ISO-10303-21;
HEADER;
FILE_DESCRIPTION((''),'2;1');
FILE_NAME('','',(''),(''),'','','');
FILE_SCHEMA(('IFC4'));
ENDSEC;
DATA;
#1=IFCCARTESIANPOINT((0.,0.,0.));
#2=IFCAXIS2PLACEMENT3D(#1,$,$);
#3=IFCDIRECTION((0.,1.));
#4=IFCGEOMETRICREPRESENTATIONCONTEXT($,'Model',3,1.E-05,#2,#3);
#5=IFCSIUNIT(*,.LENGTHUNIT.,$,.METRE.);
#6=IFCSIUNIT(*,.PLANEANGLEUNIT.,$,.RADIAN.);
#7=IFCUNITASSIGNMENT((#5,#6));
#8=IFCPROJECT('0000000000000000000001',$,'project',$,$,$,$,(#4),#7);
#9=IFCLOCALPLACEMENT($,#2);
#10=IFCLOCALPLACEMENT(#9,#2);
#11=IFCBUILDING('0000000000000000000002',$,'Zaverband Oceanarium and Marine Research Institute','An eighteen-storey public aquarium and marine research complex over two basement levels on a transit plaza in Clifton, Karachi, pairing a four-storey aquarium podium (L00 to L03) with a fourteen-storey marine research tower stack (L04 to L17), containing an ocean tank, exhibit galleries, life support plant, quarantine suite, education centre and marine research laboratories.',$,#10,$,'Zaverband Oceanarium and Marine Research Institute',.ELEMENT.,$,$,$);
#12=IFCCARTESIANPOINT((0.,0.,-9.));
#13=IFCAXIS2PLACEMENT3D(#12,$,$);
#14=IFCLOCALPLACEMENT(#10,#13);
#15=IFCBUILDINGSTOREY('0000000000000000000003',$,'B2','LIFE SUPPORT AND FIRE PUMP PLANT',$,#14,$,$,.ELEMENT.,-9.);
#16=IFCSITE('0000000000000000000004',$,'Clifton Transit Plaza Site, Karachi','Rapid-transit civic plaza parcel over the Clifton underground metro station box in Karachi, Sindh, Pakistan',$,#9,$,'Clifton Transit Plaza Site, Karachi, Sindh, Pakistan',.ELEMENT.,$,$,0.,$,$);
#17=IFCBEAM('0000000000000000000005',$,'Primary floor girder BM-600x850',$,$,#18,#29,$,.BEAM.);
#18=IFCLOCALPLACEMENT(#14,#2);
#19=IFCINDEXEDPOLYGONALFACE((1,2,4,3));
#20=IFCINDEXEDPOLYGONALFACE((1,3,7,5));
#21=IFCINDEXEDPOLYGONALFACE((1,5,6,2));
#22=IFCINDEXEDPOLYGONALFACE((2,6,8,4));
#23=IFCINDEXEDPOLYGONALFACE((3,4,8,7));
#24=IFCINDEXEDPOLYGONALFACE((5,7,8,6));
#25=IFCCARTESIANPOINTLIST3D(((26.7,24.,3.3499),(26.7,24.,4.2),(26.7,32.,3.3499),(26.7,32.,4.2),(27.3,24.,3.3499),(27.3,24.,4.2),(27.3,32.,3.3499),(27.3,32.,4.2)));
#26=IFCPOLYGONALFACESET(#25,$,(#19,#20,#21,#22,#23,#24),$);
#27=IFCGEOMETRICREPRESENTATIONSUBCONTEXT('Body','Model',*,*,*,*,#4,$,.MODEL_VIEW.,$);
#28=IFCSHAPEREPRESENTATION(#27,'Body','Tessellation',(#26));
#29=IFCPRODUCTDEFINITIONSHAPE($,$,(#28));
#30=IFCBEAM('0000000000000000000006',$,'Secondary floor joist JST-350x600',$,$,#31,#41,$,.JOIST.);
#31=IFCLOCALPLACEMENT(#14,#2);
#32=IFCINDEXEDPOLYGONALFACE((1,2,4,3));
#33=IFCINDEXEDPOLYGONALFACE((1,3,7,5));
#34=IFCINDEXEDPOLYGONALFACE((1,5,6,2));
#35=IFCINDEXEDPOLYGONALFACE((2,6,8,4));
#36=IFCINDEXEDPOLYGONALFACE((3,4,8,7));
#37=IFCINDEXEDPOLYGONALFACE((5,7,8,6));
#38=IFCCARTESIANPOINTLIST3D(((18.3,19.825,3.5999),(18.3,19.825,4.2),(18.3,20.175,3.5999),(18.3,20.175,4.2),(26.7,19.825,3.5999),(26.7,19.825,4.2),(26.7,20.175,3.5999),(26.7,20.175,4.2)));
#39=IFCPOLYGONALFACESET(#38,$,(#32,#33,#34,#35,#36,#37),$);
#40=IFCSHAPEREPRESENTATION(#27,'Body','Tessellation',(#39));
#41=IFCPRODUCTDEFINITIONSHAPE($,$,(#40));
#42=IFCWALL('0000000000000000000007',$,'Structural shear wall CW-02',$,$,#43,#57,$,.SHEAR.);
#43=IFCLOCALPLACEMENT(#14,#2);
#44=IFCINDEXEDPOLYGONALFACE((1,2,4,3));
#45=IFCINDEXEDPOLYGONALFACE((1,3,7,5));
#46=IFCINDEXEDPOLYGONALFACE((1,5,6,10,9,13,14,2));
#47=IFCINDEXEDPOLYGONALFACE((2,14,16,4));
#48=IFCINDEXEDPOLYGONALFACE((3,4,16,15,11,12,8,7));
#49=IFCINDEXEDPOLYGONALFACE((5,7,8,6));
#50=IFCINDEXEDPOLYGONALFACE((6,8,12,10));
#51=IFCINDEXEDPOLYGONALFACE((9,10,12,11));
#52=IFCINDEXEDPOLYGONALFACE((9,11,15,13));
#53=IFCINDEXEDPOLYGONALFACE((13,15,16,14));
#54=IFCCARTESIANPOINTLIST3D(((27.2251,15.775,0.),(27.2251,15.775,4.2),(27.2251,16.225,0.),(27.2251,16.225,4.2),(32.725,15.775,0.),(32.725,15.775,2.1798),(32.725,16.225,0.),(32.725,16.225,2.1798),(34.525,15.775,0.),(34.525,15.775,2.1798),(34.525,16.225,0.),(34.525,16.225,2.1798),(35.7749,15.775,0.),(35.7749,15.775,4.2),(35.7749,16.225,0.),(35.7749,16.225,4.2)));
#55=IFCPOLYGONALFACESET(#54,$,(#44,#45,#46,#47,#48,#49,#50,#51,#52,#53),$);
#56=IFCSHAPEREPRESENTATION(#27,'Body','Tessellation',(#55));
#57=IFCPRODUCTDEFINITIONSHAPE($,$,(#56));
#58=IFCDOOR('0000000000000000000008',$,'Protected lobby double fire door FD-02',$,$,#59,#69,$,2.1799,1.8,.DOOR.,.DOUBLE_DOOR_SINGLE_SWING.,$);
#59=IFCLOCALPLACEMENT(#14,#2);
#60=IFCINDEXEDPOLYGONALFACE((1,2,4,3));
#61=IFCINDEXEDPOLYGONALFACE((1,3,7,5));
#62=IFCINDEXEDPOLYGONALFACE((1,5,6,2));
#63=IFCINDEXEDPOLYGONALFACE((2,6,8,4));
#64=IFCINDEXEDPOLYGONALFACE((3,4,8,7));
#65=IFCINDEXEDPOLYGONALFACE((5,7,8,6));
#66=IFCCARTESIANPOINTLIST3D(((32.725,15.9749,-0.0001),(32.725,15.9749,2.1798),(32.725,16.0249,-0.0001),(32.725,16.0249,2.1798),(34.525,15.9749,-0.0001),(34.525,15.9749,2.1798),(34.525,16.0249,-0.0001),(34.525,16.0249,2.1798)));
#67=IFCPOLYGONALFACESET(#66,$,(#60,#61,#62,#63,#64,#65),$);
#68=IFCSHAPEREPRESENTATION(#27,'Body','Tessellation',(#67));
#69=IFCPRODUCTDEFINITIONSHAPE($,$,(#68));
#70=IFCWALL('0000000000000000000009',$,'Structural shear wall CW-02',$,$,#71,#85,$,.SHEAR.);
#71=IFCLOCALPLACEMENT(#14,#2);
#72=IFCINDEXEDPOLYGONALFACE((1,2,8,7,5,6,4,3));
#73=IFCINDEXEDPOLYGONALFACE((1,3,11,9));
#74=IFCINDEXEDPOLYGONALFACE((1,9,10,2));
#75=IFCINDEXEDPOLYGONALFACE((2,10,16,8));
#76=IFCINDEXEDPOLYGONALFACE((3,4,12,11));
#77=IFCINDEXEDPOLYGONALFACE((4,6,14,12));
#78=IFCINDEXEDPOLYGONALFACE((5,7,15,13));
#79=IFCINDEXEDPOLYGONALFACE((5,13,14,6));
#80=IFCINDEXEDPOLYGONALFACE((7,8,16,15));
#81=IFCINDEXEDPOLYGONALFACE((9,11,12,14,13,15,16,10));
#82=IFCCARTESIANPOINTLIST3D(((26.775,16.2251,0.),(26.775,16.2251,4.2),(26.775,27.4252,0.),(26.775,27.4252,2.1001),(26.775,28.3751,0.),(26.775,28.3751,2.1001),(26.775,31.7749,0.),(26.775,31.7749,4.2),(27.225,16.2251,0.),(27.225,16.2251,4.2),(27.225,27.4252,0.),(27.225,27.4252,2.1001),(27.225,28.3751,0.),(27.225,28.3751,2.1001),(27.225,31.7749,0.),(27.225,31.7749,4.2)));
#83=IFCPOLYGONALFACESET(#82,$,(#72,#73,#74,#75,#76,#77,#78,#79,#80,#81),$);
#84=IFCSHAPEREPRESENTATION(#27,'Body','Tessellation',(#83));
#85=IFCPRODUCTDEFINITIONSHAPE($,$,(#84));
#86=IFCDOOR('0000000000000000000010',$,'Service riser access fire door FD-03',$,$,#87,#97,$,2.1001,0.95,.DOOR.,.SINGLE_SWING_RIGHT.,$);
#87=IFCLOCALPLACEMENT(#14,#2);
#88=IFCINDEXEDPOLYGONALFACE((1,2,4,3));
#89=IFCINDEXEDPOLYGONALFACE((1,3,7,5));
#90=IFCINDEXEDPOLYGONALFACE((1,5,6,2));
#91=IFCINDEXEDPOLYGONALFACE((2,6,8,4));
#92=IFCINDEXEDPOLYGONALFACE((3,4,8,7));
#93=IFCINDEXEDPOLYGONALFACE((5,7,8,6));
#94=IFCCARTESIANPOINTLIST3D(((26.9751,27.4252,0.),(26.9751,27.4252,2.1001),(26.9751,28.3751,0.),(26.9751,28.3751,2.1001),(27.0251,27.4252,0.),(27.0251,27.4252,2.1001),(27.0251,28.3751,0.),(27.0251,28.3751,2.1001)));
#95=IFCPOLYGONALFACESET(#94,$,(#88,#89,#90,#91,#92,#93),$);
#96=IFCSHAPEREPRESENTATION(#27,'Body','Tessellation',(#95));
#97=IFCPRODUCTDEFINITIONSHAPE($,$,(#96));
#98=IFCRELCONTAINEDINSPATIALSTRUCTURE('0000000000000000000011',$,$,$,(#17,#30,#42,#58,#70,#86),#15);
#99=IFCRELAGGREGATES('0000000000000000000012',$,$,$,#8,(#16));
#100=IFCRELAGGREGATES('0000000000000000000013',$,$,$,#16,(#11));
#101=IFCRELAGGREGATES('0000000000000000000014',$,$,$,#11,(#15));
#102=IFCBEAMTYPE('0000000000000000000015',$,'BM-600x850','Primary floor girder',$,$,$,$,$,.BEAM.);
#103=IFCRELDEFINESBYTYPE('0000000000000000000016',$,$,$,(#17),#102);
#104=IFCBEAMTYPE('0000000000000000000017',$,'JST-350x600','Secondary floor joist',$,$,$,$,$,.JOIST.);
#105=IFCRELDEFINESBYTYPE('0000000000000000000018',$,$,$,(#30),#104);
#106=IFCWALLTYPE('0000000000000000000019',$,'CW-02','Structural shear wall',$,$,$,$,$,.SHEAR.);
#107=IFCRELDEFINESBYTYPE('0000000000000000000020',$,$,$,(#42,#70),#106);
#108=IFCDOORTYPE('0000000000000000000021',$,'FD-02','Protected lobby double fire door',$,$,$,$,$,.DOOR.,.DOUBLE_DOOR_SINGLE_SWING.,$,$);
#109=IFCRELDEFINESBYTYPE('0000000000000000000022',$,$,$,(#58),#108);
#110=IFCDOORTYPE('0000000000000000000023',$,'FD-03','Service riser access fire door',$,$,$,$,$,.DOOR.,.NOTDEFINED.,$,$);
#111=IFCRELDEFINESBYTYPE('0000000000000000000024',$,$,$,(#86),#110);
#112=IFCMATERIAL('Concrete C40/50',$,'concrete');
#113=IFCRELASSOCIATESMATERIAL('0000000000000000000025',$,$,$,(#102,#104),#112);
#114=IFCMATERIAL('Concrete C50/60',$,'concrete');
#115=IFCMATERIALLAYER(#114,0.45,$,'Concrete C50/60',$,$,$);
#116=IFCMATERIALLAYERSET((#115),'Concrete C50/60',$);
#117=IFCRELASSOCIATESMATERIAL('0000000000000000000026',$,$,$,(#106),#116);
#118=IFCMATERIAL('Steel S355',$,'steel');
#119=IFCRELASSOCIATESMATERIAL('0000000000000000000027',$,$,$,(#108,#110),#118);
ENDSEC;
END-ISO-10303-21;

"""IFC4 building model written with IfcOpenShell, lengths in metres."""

from ifc_helpers import new_model, si_unit, direction, frame, frame_2d, origin, origin_2d, place, context, subcontext, project, spatial, rectangle, extrude, material, layer, layer_set, material_profile, profile_set, type_object, element, fill, save


model = new_model("IFC4")

# Units and contexts
model_context = context("Model", 3, precision=1e-05, world=origin(), true_north=direction((0.0, 1.0)))
body_context = subcontext(model_context, "Body", "Model", "MODEL_VIEW")
ifc_project = project(units=[si_unit("LENGTHUNIT", "METRE"), si_unit("PLANEANGLEUNIT", "RADIAN")], contexts=[model_context])

# Site, building, storey
site_placement = place(None, origin())
site = spatial("IfcSite", under=ifc_project, at=site_placement, Name="Clifton Transit Plaza Site, Karachi", Description="Rapid-transit civic plaza parcel over the Clifton underground metro station box in Karachi, Sindh, Pakistan", LongName="Clifton Transit Plaza Site, Karachi, Sindh, Pakistan", CompositionType="ELEMENT", RefElevation=0.0)
building_placement = place(site_placement, origin())
building = spatial("IfcBuilding", under=site, at=building_placement, Name="Zaverband Oceanarium and Marine Research Institute", Description="An eighteen-storey public aquarium and marine research complex over two basement levels on a transit plaza in Clifton, Karachi, pairing a four-storey aquarium podium (L00 to L03) with a fourteen-storey marine research tower stack (L04 to L17), containing an ocean tank, exhibit galleries, life support plant, quarantine suite, education centre and marine research laboratories.", LongName="Zaverband Oceanarium and Marine Research Institute", CompositionType="ELEMENT")
storey_placement = place(building_placement, frame((0.0, 0.0, -9.0)))
storey = spatial("IfcBuildingStorey", under=building, at=storey_placement, Name="B2", Description="LIFE SUPPORT AND FIRE PUMP PLANT", CompositionType="ELEMENT", Elevation=-9.0)

# Shared definitions
ifc_material_1 = material(Name="Concrete C50/60", Category="concrete")

# Beams
ifc_material_2 = material(Name="Concrete C40/50", Category="concrete")
ifc_material_profile_1 = material_profile(ifc_material_2, rectangle(XDim=0.6001, YDim=0.8501, at=origin_2d()), Name="RC600x850")
ifc_profile_set_1 = profile_set([ifc_material_profile_1], Name="Concrete C40/50")
beam_type_1 = type_object("IfcBeamType", Name="BM-600x850", Description="Primary floor girder", PredefinedType="BEAM", material=ifc_profile_set_1)
for number, where, z_axis, x_axis, name in (
    (1, (27.0, 24.0, 3.7749), (0.0, 1.0, 0.0), (-1.0, 0.0, 0.0), "Primary floor girder BM-600x850"),
):
    element("IfcBeam", number, at=place(storey_placement, frame(where, z_axis=z_axis, x_axis=x_axis)), inside=storey, type_object=beam_type_1, Name=name, PredefinedType="BEAM", context=body_context, shape_type="SweptSolid", body=[
        extrude(rectangle(XDim=0.6001, YDim=0.8501, at=origin_2d()), origin(), (0.0, 0.0, 1.0), 8.0),
    ])
ifc_material_profile_2 = material_profile(ifc_material_2, rectangle(XDim=0.3501, YDim=0.6001, at=origin_2d()), Name="RC350x600")
ifc_profile_set_2 = profile_set([ifc_material_profile_2], Name="Concrete C40/50")
beam_type_2 = type_object("IfcBeamType", Name="JST-350x600", Description="Secondary floor joist", PredefinedType="JOIST", material=ifc_profile_set_2)
beam_placement = place(storey_placement, frame((18.3, 20.0, 3.8999), z_axis=(1.0, 0.0, 0.0), x_axis=(0.0, 1.0, 0.0)))
element("IfcBeam", 2, at=beam_placement, inside=storey, type_object=beam_type_2, Name="Secondary floor joist JST-350x600", PredefinedType="JOIST", context=body_context, shape_type="SweptSolid", body=[
    extrude(rectangle(XDim=0.3501, YDim=0.6001, at=origin_2d()), origin(), (0.0, 0.0, 1.0), 8.3999),
])

# Walls, openings, doors
ifc_layer_1 = layer(ifc_material_1, 0.45, Name="Concrete C50/60")
ifc_layer_set_1 = layer_set([ifc_layer_1], Name="Concrete C50/60")
wall_type = type_object("IfcWallType", Name="CW-02", Description="Structural shear wall", PredefinedType="SHEAR", material=ifc_layer_set_1)
wall_1_placement = place(storey_placement, frame((27.2251, 16.0, 0.0), z_axis=(0.0, 0.0, 1.0), x_axis=(1.0, 0.0, 0.0)))
wall_1 = element("IfcWall", 3, at=wall_1_placement, inside=storey, type_object=wall_type, Name="Structural shear wall CW-02", PredefinedType="SHEAR", context=body_context, shape_type="SweptSolid", body=[
    extrude(rectangle(XDim=8.5498, YDim=0.45, at=frame_2d((4.2749, 0.0))), origin(), (0.0, 0.0, 1.0), 4.2),
])
opening_1_placement = place(wall_1_placement, frame((5.5, 0.0, 0.0)))
opening_1 = element("IfcOpeningElement", 4, at=opening_1_placement, cuts=wall_1, PredefinedType="OPENING", context=body_context, shape_type="SweptSolid", body=[
    extrude(rectangle(XDim=1.8, YDim=2.1799, at=frame_2d((0.8999, 1.0898))), frame((0.0, 0.2368, 0.0), z_axis=(0.0, -1.0, 0.0), x_axis=(1.0, 0.0, 0.0)), (0.0, 0.0, 1.0), 0.4739),
])
ifc_material_3 = material(Name="Steel S355", Category="steel")
door_type_1 = type_object("IfcDoorType", Name="FD-02", Description="Protected lobby double fire door", OperationType="DOUBLE_DOOR_SINGLE_SWING", PredefinedType="DOOR", material=ifc_material_3)
door_1_placement = place(opening_1_placement, origin())
door_1 = element("IfcDoor", 5, at=door_1_placement, inside=storey, type_object=door_type_1, Name="Protected lobby double fire door FD-02", OperationType="DOUBLE_DOOR_SINGLE_SWING", OverallHeight=2.1799, OverallWidth=1.8, PredefinedType="DOOR", context=body_context, shape_type="SweptSolid", body=[
    extrude(rectangle(XDim=1.8, YDim=2.1799, at=frame_2d((0.8999, 1.0898))), frame((0.0, 0.0249, 0.0), z_axis=(0.0, -1.0, 0.0), x_axis=(1.0, 0.0, 0.0)), (0.0, 0.0, 1.0), 0.05),
])
fill(opening_1, door_1)
wall_2_placement = place(storey_placement, frame((27.0, 16.2251, 0.0), z_axis=(0.0, 0.0, 1.0), x_axis=(0.0, 1.0, 0.0)))
wall_2 = element("IfcWall", 6, at=wall_2_placement, inside=storey, type_object=wall_type, Name="Structural shear wall CW-02", PredefinedType="SHEAR", context=body_context, shape_type="SweptSolid", body=[
    extrude(rectangle(XDim=15.5498, YDim=0.45, at=frame_2d((7.7749, 0.0))), origin(), (0.0, 0.0, 1.0), 4.2),
])
opening_2_placement = place(wall_2_placement, frame((11.2, 0.0, 0.0)))
opening_2 = element("IfcOpeningElement", 7, at=opening_2_placement, cuts=wall_2, PredefinedType="OPENING", context=body_context, shape_type="SweptSolid", body=[
    extrude(rectangle(XDim=0.95, YDim=2.1001, at=frame_2d((0.4751, 1.05))), frame((0.0, 0.2368, 0.0), z_axis=(0.0, -1.0, 0.0), x_axis=(1.0, 0.0, 0.0)), (0.0, 0.0, 1.0), 0.4739),
])
door_type_2 = type_object("IfcDoorType", Name="FD-03", Description="Service riser access fire door", OperationType="NOTDEFINED", PredefinedType="DOOR", material=ifc_material_3)
door_2_placement = place(opening_2_placement, origin())
door_2 = element("IfcDoor", 8, at=door_2_placement, inside=storey, type_object=door_type_2, Name="Service riser access fire door FD-03", OperationType="SINGLE_SWING_RIGHT", OverallHeight=2.1001, OverallWidth=0.95, PredefinedType="DOOR", context=body_context, shape_type="SweptSolid", body=[
    extrude(rectangle(XDim=0.95, YDim=2.1001, at=frame_2d((0.4751, 1.05))), frame((0.0, 0.0249, 0.0), z_axis=(0.0, -1.0, 0.0), x_axis=(1.0, 0.0, 0.0)), (0.0, 0.0, 1.0), 0.05),
])
fill(opening_2, door_2)

save(model, "model.ifc")
